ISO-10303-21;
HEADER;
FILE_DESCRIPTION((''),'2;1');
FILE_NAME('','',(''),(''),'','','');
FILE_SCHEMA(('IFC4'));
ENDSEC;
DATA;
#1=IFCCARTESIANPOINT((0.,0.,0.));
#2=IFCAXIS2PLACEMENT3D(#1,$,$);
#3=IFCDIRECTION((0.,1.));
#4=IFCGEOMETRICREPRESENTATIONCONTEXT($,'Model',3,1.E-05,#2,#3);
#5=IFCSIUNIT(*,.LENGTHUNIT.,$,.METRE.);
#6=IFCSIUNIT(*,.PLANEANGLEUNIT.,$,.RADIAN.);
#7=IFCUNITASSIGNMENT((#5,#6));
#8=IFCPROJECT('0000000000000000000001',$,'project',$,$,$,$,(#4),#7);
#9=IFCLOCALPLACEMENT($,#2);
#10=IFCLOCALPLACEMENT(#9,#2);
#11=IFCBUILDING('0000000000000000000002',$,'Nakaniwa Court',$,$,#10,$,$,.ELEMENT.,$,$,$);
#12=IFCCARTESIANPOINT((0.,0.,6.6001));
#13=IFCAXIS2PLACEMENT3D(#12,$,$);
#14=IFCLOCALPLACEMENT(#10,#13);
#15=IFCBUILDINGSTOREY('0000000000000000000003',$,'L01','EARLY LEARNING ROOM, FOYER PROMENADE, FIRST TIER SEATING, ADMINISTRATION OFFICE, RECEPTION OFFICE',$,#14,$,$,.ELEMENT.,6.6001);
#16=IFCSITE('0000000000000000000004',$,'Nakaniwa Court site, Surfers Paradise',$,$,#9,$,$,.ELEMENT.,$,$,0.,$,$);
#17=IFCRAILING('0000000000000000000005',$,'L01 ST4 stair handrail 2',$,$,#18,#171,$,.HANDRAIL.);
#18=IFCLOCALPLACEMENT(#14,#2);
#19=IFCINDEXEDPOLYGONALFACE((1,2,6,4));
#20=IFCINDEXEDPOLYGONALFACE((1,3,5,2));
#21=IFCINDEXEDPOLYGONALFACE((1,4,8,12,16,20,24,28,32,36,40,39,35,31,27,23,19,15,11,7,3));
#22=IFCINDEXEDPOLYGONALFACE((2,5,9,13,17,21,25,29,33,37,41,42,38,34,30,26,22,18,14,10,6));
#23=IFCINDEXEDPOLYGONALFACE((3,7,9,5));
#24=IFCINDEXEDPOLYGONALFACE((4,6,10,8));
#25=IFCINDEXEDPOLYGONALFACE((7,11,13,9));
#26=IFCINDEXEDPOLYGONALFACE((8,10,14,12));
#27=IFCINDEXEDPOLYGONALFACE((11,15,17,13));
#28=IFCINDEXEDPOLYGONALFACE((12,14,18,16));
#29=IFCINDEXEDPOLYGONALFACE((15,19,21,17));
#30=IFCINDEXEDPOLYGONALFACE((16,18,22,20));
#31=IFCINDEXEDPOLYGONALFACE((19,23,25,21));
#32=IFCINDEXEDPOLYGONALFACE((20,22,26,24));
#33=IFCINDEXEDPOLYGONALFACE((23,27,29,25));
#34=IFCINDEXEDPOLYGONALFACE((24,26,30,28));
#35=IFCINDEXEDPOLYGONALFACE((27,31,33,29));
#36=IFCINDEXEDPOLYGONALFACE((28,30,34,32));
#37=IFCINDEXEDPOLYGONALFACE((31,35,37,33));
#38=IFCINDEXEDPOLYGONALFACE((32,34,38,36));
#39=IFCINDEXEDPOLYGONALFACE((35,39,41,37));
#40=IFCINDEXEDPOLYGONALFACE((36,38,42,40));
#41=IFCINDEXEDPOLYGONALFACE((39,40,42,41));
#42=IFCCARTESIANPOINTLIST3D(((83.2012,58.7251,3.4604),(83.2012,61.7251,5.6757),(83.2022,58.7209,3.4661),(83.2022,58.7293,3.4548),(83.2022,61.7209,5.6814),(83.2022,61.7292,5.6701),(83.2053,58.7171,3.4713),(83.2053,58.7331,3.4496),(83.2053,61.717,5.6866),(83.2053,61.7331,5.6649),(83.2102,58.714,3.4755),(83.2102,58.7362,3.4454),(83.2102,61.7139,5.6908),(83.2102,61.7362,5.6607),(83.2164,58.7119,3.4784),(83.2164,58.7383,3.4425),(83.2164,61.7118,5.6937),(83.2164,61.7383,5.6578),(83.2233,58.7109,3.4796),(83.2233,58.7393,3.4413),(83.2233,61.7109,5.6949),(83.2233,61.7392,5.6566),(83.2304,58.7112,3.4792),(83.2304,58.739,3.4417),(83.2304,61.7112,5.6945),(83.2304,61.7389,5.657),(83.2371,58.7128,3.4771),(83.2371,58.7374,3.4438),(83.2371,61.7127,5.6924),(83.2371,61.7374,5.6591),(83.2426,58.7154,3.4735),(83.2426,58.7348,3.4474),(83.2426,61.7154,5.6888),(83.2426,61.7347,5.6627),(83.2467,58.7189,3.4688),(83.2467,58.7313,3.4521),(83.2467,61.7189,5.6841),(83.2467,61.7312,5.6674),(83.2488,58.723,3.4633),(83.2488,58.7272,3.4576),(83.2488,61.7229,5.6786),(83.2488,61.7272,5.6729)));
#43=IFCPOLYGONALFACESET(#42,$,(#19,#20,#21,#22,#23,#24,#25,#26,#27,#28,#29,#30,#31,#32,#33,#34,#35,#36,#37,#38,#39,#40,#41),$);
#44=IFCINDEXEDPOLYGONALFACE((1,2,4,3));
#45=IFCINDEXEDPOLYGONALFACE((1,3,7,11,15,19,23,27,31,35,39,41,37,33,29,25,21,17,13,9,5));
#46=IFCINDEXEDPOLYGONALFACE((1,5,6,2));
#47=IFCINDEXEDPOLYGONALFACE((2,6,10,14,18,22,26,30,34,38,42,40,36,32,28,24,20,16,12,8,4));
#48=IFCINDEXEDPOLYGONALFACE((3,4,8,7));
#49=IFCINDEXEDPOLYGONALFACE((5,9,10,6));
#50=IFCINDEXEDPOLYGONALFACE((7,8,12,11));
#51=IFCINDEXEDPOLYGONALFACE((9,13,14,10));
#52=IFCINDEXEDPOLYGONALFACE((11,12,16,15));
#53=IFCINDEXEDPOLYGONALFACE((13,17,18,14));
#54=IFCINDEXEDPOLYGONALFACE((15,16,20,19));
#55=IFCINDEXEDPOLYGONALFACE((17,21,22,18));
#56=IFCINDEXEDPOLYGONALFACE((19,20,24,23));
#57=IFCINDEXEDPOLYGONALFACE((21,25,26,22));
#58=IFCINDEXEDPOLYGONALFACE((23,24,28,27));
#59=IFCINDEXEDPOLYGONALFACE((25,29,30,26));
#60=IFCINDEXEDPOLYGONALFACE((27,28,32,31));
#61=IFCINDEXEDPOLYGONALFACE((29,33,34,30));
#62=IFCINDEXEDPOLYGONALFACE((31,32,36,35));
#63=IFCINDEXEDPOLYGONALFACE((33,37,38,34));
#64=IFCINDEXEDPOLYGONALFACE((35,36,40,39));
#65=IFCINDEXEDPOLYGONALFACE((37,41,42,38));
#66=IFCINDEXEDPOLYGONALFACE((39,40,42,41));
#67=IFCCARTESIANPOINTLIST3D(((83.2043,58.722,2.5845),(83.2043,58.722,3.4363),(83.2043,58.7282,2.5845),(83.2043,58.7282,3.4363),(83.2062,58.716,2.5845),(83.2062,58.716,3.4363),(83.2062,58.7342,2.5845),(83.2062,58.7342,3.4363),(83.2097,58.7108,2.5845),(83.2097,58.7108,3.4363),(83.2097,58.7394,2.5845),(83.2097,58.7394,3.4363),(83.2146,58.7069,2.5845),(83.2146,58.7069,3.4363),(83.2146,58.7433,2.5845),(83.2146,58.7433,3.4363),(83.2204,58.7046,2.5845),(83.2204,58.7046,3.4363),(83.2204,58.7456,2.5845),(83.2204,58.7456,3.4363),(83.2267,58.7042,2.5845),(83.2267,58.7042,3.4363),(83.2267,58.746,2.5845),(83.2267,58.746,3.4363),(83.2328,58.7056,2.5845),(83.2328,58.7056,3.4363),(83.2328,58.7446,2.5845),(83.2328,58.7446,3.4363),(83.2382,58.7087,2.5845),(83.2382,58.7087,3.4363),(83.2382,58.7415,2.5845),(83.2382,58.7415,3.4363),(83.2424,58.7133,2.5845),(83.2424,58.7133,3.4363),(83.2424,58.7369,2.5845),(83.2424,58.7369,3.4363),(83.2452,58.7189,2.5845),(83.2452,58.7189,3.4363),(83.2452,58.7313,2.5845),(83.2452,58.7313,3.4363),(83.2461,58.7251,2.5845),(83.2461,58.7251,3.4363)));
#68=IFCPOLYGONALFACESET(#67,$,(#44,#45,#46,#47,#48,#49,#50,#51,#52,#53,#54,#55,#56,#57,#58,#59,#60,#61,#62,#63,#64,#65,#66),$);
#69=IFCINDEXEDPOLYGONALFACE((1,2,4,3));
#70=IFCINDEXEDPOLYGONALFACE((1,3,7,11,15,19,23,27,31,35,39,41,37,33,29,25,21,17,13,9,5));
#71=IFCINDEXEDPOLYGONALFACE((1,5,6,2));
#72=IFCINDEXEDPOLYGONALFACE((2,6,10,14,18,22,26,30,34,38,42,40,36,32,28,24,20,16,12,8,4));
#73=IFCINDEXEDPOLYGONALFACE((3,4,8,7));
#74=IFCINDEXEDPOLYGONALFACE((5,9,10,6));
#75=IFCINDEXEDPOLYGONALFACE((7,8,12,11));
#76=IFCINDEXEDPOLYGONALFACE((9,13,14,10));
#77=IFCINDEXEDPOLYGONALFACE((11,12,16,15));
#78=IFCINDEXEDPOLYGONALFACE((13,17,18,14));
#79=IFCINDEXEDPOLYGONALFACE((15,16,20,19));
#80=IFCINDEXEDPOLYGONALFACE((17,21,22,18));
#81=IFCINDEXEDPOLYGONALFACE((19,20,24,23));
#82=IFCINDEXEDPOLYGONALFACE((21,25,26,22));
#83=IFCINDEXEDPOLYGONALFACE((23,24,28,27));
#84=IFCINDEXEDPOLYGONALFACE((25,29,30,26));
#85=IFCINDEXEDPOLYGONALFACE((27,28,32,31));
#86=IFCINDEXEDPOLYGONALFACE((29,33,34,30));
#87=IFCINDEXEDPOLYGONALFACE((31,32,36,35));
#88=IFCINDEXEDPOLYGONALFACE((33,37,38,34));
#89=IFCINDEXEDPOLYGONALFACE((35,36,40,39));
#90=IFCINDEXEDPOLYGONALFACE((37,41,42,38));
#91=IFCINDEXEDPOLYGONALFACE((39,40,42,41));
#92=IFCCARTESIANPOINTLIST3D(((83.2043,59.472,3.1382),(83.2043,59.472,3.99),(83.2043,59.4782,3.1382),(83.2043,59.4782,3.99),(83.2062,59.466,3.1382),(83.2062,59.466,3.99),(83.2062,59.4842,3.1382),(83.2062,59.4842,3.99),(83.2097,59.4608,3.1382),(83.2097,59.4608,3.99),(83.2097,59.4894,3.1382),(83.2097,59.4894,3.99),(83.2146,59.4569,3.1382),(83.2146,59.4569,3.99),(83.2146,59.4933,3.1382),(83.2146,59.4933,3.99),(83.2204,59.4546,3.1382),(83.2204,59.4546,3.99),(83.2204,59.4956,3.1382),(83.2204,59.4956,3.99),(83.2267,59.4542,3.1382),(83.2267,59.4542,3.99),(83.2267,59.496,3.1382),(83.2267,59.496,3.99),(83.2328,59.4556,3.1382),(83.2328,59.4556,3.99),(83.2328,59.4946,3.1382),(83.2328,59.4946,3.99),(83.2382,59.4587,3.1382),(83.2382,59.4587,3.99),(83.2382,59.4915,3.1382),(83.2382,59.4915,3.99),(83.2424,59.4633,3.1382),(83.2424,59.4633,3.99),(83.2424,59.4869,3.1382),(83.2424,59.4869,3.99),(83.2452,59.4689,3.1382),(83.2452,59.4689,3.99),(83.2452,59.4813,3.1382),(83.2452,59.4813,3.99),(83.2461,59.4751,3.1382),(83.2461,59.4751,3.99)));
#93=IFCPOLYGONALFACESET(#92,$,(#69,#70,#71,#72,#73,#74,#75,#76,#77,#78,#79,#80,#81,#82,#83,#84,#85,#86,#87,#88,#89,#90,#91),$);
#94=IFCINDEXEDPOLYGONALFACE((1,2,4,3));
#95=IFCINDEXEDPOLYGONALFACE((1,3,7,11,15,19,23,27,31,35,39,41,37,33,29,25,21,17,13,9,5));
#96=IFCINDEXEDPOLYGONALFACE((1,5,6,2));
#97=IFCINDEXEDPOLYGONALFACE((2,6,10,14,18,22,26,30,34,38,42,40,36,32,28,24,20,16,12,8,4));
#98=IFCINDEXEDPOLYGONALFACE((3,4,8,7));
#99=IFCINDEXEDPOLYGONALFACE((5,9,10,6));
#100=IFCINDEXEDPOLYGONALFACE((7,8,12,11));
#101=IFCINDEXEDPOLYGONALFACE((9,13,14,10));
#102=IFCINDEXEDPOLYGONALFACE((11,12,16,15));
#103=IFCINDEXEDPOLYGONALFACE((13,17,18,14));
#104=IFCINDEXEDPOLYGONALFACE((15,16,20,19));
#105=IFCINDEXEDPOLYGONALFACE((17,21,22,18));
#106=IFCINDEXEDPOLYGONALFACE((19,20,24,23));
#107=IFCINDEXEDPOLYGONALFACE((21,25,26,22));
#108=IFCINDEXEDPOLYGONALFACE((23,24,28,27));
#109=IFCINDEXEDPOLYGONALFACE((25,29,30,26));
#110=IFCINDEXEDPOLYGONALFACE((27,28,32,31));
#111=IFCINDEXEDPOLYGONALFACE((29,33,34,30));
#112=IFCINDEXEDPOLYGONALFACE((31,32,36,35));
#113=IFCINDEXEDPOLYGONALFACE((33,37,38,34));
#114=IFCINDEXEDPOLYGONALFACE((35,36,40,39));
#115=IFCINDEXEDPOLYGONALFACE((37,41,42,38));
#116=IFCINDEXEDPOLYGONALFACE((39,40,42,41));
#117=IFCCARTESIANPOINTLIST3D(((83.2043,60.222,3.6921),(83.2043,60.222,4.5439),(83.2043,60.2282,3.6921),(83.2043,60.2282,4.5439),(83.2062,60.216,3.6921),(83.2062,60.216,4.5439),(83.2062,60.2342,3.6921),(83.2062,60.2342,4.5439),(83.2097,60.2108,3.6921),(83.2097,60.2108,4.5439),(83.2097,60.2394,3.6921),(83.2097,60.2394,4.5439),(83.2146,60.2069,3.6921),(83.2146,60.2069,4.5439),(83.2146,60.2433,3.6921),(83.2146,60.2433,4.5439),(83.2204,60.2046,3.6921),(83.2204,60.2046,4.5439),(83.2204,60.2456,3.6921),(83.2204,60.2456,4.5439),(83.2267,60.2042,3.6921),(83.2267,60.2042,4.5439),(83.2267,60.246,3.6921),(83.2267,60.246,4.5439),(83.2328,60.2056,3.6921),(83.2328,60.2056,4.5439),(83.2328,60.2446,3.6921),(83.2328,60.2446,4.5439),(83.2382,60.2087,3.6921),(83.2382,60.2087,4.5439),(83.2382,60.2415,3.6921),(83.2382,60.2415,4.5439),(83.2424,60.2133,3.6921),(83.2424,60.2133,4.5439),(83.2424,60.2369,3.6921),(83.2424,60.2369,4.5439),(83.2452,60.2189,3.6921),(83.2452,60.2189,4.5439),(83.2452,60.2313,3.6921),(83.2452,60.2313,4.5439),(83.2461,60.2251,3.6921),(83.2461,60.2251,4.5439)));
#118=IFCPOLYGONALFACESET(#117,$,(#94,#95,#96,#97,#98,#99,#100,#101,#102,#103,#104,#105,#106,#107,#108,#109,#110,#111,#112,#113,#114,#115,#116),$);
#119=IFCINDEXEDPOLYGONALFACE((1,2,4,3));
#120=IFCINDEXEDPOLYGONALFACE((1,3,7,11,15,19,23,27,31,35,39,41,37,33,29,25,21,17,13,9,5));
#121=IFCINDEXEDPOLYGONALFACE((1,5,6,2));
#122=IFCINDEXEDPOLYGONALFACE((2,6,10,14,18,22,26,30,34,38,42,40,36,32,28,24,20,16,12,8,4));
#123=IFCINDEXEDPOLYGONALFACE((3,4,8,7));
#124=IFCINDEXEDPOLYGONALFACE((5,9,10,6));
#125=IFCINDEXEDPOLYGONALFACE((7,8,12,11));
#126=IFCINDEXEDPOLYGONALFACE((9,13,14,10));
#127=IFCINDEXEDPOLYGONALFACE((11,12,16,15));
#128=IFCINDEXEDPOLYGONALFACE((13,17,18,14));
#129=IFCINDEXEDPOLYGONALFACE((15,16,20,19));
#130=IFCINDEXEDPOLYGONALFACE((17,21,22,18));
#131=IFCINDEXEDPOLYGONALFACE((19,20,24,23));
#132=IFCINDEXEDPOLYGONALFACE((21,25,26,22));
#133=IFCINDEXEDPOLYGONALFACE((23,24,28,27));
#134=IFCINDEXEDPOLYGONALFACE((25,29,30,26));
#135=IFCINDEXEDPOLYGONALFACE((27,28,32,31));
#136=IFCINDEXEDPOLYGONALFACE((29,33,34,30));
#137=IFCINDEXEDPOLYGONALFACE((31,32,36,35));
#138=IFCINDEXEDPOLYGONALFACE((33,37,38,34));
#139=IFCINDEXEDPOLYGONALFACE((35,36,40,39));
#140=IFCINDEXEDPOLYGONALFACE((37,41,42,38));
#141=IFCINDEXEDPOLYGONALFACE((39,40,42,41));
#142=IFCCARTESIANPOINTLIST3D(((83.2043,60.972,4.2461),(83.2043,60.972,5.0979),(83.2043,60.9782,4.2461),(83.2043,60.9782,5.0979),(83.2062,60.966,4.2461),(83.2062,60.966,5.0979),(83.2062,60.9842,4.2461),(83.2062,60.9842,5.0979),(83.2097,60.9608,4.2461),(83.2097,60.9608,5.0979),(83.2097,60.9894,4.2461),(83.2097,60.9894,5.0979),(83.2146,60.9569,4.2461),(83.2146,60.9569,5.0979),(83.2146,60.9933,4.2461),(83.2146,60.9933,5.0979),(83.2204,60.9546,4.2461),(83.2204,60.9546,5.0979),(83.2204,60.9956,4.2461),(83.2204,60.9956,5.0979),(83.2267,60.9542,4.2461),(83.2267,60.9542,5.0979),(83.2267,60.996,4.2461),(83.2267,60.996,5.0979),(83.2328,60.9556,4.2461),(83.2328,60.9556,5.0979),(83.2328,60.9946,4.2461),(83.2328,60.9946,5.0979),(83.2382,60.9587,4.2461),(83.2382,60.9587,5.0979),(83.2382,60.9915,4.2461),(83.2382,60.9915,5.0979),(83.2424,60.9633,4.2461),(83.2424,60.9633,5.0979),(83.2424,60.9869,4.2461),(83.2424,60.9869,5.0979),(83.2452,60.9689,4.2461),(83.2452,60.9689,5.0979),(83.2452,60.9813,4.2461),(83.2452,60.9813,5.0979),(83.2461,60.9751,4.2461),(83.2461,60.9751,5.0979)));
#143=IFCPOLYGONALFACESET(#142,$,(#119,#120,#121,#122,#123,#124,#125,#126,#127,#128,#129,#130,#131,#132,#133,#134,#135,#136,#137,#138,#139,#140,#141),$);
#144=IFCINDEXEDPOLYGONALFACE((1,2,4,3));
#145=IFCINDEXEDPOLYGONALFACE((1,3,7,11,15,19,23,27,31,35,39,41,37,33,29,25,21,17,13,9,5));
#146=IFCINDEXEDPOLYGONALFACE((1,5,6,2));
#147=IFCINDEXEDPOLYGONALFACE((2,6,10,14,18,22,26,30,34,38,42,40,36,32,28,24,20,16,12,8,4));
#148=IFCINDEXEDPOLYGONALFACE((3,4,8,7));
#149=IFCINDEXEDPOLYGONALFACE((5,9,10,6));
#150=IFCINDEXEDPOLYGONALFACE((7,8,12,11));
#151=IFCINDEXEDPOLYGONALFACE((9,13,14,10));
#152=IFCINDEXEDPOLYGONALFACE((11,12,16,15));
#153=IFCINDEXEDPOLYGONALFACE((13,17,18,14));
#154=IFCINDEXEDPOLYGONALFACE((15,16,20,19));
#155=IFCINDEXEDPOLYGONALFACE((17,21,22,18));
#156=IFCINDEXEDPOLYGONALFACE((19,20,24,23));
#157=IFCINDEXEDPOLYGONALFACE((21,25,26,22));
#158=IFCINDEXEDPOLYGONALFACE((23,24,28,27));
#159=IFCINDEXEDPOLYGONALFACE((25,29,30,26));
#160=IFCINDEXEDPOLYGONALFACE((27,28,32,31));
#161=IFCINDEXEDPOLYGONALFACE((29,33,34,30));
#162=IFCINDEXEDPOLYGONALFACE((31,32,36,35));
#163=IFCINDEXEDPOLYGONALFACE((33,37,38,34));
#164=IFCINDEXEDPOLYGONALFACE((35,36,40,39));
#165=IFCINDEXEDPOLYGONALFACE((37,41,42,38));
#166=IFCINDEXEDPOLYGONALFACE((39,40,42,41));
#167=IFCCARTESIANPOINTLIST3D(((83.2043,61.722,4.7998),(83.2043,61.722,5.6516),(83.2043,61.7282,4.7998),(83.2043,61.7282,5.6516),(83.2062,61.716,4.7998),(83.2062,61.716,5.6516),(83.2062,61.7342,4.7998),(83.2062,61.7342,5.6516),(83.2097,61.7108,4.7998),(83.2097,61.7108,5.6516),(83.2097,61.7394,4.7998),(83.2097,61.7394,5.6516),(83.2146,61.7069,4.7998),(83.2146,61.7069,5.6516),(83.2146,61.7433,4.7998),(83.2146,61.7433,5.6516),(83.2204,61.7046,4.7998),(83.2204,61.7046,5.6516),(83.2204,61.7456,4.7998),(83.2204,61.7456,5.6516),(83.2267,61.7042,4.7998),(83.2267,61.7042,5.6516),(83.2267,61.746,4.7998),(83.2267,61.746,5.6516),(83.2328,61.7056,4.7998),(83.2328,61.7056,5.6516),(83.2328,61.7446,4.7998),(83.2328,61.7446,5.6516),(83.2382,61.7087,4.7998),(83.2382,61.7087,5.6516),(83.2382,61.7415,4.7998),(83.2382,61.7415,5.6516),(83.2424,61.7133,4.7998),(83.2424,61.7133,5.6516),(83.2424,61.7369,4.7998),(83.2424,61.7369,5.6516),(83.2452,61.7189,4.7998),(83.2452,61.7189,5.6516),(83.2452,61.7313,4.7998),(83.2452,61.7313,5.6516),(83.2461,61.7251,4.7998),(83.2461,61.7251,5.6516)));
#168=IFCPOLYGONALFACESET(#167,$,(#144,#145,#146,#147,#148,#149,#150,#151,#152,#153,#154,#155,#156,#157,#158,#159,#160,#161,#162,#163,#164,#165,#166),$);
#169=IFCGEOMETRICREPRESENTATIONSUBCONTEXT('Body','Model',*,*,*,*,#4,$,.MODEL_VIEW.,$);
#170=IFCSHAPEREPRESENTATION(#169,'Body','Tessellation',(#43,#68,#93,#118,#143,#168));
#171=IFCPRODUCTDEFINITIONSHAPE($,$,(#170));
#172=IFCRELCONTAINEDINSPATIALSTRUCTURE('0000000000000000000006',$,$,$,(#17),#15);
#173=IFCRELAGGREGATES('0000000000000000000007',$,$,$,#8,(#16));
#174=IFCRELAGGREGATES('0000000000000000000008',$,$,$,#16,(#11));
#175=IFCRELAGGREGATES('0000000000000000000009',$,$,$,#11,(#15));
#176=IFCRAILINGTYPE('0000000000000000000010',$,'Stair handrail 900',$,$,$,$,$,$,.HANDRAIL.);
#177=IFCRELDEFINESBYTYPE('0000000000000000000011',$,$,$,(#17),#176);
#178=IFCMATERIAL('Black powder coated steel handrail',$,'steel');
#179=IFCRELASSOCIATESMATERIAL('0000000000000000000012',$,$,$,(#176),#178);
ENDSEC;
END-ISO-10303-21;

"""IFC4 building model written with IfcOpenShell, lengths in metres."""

from ifc_helpers import new_model, si_unit, direction, frame, origin, origin_2d, place, context, subcontext, project, spatial, circle, extrude, material, type_object, element, save


model = new_model("IFC4")

# Units and contexts
model_context = context("Model", 3, precision=1e-05, world=origin(), true_north=direction((0.0, 1.0)))
body_context = subcontext(model_context, "Body", "Model", "MODEL_VIEW")
ifc_project = project(units=[si_unit("LENGTHUNIT", "METRE"), si_unit("PLANEANGLEUNIT", "RADIAN")], contexts=[model_context])

# Site, building, storey
site_placement = place(None, origin())
site = spatial("IfcSite", under=ifc_project, at=site_placement, Name="Nakaniwa Court site, Surfers Paradise", CompositionType="ELEMENT", RefElevation=0.0)
building_placement = place(site_placement, origin())
building = spatial("IfcBuilding", under=site, at=building_placement, Name="Nakaniwa Court", CompositionType="ELEMENT")
storey_placement = place(building_placement, frame((0.0, 0.0, 6.6001)))
storey = spatial("IfcBuildingStorey", under=building, at=storey_placement, Name="L01", Description="EARLY LEARNING ROOM, FOYER PROMENADE, FIRST TIER SEATING, ADMINISTRATION OFFICE, RECEPTION OFFICE", CompositionType="ELEMENT", Elevation=6.6001)

# Railing
ifc_material_1 = material(Name="Black powder coated steel handrail", Category="steel")
railing_type_1 = type_object("IfcRailingType", Name="Stair handrail 900", PredefinedType="HANDRAIL", material=ifc_material_1)
railing_1_placement = place(storey_placement, frame((83.2251, 58.7251, 2.5845)))
element("IfcRailing", 1, at=railing_1_placement, inside=storey, type_object=railing_type_1, Name="L01 ST4 stair handrail 2", PredefinedType="HANDRAIL", context=body_context, shape_type="SweptSolid", body=[
    extrude(circle(Radius=0.0239, at=origin_2d()), frame((0.0, 0.0, 0.876), z_axis=(0.0, 0.80444, 0.594034), x_axis=(-1.0, 0.0, 0.0)), (0.0, 0.0, 1.0), 3.7292),
    extrude(circle(Radius=0.021, at=origin_2d()), origin(), (0.0, 0.0, 1.0), 0.8518),
    extrude(circle(Radius=0.021, at=origin_2d()), frame((0.0, 0.75, 0.5537)), (0.0, 0.0, 1.0), 0.8518),
    extrude(circle(Radius=0.021, at=origin_2d()), frame((0.0, 1.5, 1.1077)), (0.0, 0.0, 1.0), 0.8518),
    extrude(circle(Radius=0.021, at=origin_2d()), frame((0.0, 2.25, 1.6616)), (0.0, 0.0, 1.0), 0.8518),
    extrude(circle(Radius=0.021, at=origin_2d()), frame((0.0, 3.0, 2.2153)), (0.0, 0.0, 1.0), 0.8518),
])

save(model, "model.ifc")
